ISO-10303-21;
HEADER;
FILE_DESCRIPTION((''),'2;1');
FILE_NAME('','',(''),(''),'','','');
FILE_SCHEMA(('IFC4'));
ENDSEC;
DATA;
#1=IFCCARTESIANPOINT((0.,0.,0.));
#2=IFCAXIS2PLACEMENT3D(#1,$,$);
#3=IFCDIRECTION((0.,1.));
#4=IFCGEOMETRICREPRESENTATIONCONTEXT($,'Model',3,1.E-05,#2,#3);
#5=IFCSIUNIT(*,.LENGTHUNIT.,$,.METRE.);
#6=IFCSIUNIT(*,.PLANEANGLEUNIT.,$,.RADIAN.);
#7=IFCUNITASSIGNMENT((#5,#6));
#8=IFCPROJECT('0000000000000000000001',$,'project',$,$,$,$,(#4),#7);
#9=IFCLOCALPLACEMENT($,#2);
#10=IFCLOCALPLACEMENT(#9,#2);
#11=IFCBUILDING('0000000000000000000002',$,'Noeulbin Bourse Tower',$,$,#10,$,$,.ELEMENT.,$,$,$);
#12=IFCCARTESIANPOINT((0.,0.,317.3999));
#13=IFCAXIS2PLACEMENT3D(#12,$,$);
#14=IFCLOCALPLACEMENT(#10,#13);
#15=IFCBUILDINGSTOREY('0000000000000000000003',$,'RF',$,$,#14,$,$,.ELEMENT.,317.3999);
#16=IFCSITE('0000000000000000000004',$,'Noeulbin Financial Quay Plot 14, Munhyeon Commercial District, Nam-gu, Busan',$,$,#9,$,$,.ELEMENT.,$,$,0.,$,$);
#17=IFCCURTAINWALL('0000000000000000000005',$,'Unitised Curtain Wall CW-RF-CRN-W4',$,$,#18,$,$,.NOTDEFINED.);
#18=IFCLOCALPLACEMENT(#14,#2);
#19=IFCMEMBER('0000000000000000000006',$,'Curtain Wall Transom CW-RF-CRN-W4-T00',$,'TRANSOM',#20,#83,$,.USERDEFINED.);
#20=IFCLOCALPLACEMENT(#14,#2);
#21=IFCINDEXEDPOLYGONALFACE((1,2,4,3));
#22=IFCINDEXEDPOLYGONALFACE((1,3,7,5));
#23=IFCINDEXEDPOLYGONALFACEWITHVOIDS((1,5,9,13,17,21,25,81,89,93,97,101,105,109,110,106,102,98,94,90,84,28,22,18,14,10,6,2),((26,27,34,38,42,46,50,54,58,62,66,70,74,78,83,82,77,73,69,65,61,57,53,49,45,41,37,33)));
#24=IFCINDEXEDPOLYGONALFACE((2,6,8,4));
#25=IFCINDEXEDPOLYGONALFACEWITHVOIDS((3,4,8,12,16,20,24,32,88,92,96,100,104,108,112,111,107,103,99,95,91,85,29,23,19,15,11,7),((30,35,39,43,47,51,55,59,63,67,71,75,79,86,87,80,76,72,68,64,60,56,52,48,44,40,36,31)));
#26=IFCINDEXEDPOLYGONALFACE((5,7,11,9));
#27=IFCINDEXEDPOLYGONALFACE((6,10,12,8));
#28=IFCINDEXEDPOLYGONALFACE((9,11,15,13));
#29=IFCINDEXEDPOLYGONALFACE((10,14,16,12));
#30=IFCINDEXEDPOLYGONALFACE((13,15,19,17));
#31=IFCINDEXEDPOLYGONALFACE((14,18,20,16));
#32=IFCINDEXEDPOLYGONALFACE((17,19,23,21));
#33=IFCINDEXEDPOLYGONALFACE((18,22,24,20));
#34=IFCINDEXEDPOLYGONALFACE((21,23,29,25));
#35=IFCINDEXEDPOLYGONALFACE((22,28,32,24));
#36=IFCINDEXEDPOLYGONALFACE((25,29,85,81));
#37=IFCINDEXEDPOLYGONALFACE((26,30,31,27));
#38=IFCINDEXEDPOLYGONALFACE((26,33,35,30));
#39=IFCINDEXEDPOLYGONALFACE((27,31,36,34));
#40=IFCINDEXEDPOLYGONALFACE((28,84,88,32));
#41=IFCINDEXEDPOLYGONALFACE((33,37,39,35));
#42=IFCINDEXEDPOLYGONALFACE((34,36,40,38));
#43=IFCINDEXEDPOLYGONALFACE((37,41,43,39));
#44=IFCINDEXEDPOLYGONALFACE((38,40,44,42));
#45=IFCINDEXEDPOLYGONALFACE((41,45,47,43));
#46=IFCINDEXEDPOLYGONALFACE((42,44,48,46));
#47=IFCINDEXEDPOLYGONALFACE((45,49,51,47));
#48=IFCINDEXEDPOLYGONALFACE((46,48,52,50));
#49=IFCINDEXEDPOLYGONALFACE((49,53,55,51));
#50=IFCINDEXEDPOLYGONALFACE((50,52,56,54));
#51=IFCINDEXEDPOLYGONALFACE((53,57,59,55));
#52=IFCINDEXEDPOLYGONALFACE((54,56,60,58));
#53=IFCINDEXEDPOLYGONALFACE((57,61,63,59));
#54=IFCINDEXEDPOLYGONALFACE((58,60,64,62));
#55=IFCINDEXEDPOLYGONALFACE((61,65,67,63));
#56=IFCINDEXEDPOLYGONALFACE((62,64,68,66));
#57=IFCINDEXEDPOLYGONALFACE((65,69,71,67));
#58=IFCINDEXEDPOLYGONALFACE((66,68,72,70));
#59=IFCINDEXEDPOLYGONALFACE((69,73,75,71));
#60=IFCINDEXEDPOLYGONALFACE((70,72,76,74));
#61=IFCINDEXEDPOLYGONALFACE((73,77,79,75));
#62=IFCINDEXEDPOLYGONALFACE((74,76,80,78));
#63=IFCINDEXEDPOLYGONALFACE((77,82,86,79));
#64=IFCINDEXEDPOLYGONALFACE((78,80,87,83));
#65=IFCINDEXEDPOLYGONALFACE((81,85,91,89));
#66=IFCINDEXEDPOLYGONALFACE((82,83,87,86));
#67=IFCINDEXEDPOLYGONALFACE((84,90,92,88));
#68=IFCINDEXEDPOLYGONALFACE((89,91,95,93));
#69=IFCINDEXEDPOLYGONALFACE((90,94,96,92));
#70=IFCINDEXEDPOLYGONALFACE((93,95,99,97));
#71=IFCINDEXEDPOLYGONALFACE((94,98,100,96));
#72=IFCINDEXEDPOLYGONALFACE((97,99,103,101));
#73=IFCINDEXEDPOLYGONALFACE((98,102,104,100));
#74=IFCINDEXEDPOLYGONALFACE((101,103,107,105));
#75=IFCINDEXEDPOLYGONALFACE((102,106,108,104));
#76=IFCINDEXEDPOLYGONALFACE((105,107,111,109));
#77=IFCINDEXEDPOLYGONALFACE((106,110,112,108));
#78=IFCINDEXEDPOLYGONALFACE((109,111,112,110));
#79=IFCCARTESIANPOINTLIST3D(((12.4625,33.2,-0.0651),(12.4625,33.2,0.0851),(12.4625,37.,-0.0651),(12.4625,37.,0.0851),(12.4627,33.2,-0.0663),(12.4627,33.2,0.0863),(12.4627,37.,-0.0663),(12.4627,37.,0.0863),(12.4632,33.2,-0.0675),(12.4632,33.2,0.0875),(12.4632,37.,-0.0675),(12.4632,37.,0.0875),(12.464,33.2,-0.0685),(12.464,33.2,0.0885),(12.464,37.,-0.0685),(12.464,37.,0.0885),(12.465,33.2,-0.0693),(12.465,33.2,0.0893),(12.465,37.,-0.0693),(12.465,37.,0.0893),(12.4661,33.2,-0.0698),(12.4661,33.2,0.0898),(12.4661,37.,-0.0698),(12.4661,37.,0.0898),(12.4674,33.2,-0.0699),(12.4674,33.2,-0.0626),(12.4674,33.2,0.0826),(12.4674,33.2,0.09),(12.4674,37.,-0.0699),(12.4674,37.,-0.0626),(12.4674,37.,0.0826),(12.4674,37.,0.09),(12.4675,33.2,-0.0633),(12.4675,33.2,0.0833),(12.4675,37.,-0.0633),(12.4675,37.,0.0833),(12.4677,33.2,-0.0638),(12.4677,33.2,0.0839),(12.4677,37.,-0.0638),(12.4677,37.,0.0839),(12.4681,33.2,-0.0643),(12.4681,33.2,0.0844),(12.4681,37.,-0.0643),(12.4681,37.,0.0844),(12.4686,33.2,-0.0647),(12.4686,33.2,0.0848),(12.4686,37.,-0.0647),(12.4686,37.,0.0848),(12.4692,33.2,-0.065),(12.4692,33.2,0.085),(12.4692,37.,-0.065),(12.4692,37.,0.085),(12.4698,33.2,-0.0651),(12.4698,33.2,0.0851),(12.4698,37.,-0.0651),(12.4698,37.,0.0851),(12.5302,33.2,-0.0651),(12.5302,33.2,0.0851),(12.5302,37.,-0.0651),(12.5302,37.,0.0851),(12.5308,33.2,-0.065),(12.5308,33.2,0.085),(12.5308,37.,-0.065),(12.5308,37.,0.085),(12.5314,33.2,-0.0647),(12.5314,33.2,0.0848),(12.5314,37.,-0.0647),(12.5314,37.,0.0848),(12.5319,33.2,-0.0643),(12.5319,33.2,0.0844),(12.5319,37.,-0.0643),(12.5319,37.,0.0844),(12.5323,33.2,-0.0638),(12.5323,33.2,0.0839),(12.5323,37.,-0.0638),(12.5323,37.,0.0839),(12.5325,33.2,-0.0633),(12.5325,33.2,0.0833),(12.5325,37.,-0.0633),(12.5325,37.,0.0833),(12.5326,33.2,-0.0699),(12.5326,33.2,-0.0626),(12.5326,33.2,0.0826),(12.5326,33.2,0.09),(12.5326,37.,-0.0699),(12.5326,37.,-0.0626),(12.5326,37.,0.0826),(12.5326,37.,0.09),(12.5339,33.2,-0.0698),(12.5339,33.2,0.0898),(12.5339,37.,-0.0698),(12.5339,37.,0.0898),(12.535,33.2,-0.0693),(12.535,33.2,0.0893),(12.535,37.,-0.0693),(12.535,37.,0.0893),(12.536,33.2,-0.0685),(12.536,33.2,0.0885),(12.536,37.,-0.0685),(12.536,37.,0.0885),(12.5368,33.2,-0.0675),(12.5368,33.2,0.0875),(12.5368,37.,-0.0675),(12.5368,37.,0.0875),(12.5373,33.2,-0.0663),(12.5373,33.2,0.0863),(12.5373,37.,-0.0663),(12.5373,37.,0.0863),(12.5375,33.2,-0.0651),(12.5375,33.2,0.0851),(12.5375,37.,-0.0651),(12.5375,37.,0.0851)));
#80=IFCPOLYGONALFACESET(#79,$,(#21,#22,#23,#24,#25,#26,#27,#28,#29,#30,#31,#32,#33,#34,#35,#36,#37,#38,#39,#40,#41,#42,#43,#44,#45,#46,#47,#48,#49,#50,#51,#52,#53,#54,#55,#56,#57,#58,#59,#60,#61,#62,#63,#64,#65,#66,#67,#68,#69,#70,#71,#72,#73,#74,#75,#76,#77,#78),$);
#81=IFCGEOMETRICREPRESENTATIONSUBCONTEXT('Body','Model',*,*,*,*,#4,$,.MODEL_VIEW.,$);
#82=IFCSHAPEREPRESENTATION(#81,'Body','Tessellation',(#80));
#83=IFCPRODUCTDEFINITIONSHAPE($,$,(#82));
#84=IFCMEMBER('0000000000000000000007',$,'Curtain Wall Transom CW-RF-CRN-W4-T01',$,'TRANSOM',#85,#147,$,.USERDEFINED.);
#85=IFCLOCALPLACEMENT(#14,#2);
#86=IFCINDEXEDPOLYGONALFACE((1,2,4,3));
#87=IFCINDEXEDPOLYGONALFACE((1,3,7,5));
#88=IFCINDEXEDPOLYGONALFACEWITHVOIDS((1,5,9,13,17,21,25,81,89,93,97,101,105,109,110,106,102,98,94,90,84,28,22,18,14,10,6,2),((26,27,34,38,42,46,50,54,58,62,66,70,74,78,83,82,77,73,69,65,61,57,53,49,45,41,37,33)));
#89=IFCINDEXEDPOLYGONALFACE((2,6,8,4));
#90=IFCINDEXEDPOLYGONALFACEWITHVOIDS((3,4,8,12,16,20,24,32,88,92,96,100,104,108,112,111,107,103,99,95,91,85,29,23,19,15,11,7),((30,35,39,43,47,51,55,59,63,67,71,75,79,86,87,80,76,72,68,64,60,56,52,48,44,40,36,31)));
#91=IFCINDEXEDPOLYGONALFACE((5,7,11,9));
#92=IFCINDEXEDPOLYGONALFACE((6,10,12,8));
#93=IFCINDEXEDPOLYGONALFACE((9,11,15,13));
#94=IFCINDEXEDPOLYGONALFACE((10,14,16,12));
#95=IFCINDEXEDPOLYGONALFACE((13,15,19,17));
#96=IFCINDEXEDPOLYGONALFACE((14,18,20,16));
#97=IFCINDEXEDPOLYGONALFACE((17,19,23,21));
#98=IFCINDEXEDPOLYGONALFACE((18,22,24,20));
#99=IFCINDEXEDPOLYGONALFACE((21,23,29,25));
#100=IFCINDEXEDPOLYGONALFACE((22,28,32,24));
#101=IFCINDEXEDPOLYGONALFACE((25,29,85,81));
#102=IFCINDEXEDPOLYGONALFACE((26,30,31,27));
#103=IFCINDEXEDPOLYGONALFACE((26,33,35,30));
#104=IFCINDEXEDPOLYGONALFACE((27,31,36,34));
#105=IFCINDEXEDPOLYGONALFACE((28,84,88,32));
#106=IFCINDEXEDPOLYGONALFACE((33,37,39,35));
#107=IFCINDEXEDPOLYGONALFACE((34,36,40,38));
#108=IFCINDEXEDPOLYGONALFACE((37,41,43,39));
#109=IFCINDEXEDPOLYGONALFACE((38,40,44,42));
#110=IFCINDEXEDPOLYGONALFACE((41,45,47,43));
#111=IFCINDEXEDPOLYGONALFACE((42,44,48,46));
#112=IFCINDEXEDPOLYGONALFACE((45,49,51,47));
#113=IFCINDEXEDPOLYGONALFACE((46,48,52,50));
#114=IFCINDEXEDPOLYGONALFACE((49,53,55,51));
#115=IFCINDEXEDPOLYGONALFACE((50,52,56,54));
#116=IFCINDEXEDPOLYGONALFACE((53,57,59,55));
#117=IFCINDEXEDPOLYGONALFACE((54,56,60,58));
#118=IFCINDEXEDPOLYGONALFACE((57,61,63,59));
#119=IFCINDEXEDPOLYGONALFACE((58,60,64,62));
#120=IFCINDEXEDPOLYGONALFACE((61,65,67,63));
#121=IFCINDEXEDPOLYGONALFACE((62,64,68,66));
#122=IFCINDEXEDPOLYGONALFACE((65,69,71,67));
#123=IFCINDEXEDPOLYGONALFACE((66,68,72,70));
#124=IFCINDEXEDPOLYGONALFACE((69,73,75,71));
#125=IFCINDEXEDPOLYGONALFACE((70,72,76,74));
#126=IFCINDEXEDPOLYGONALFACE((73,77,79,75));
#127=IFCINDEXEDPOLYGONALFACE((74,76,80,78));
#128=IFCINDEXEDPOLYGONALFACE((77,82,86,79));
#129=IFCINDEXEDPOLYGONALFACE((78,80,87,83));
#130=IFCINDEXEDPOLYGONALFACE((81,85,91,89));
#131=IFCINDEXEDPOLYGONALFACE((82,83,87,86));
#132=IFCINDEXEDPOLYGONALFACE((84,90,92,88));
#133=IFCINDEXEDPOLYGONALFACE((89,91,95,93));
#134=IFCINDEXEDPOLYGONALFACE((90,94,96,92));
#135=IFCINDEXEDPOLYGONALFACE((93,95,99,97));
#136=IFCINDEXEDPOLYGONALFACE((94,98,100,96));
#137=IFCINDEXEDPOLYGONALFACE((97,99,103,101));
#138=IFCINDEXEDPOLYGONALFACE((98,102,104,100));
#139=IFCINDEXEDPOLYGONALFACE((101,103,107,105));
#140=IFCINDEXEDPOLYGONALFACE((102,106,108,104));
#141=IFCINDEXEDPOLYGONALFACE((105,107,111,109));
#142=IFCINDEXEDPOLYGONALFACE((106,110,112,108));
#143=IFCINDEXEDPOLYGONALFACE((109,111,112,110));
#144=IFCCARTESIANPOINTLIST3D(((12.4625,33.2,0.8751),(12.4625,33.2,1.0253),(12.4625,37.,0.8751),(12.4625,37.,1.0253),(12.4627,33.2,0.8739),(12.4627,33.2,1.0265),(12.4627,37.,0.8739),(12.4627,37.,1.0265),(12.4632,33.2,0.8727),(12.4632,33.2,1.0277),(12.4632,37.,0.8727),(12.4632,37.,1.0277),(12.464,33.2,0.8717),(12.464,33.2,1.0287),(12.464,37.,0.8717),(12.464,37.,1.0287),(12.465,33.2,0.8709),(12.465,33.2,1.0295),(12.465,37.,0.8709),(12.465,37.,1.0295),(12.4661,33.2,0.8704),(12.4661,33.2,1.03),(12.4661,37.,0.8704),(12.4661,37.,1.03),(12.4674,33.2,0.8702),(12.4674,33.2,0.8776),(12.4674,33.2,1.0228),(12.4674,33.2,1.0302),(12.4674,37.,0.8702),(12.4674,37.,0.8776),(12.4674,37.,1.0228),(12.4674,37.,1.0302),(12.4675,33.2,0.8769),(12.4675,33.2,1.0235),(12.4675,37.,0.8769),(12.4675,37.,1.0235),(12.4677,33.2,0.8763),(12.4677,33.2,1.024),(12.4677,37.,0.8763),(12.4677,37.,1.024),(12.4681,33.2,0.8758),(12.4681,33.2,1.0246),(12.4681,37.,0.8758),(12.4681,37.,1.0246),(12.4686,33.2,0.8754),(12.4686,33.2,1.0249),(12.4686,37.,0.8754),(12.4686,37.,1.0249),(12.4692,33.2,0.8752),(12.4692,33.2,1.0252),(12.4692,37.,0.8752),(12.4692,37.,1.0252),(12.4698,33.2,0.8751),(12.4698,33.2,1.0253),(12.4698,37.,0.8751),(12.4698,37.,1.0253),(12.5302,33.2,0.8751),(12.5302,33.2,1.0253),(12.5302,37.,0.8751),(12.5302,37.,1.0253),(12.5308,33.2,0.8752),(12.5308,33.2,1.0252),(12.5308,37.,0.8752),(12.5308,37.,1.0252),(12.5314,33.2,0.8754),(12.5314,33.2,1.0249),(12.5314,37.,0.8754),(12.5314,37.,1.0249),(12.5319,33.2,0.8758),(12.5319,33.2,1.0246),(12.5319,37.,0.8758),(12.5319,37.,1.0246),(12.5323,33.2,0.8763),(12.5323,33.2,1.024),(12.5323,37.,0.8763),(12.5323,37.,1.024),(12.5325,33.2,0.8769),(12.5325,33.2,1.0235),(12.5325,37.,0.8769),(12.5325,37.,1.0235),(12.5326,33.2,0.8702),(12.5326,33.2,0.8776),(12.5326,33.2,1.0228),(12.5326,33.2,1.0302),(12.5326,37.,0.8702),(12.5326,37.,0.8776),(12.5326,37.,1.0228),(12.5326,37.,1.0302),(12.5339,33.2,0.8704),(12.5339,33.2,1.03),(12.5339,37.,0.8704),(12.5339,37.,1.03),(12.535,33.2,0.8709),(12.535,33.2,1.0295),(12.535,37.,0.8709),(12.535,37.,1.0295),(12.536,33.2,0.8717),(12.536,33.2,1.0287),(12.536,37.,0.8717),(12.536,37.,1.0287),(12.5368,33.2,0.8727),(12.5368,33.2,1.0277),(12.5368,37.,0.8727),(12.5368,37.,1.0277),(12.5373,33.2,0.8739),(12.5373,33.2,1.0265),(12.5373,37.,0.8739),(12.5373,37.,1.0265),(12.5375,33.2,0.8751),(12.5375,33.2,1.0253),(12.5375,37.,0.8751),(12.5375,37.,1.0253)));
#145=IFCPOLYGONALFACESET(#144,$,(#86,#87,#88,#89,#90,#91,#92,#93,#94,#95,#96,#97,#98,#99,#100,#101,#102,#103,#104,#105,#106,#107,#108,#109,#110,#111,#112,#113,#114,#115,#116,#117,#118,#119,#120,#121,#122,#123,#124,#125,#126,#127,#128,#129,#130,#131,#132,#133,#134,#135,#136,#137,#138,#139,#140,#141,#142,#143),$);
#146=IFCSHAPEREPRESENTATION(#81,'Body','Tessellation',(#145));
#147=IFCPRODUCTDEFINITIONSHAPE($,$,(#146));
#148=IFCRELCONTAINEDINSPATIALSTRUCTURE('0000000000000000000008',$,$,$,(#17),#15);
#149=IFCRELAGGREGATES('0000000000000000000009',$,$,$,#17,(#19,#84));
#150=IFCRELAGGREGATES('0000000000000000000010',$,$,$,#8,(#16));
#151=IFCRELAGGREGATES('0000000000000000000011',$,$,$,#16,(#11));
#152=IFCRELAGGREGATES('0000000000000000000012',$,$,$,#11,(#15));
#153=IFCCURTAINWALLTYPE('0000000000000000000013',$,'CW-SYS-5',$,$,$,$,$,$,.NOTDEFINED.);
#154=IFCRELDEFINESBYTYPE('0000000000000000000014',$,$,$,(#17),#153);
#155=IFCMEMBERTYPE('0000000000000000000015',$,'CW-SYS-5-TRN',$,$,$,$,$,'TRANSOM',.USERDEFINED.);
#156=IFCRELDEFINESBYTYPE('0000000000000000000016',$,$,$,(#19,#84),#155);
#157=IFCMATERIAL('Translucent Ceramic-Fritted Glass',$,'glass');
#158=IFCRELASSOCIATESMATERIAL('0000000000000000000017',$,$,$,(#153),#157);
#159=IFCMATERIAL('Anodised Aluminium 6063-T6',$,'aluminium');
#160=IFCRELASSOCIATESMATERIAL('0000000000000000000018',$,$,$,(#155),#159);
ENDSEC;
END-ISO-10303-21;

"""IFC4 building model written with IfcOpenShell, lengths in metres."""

from ifc_helpers import new_model, si_unit, direction, frame, origin, origin_2d, place, context, subcontext, project, spatial, hollow_rectangle, extrude, material, material_profile, profile_set, type_object, element, aggregate, save


model = new_model("IFC4")

# Units and contexts
model_context = context("Model", 3, precision=1e-05, world=origin(), true_north=direction((0.0, 1.0)))
body_context = subcontext(model_context, "Body", "Model", "MODEL_VIEW")
ifc_project = project(units=[si_unit("LENGTHUNIT", "METRE"), si_unit("PLANEANGLEUNIT", "RADIAN")], contexts=[model_context])

# Site, building, storey
site_placement = place(None, origin())
site = spatial("IfcSite", under=ifc_project, at=site_placement, Name="Noeulbin Financial Quay Plot 14, Munhyeon Commercial District, Nam-gu, Busan", CompositionType="ELEMENT", RefElevation=0.0)
building_placement = place(site_placement, origin())
building = spatial("IfcBuilding", under=site, at=building_placement, Name="Noeulbin Bourse Tower", CompositionType="ELEMENT")
storey_placement = place(building_placement, frame((0.0, 0.0, 317.3999)))
storey = spatial("IfcBuildingStorey", under=building, at=storey_placement, Name="RF", CompositionType="ELEMENT", Elevation=317.3999)

# Curtain wall
ifc_material_1 = material(Name="Translucent Ceramic-Fritted Glass", Category="glass")
curtain_wall_type = type_object("IfcCurtainWallType", Name="CW-SYS-5", PredefinedType="NOTDEFINED", material=ifc_material_1)
ifc_material_2 = material(Name="Anodised Aluminium 6063-T6", Category="aluminium")
curtain_wall_1_placement = place(storey_placement, origin())
curtain_wall_1 = element("IfcCurtainWall", 1, at=curtain_wall_1_placement, inside=storey, type_object=curtain_wall_type, Name="Unitised Curtain Wall CW-RF-CRN-W4", PredefinedType="NOTDEFINED")

# Members
ifc_material_profile_1 = material_profile(ifc_material_2, hollow_rectangle(XDim=0.075, YDim=0.1599, WallThickness=0.0049, InnerFilletRadius=0.0024, OuterFilletRadius=0.0049, at=origin_2d()), Name="ALU-TRAN-75x160x5", Category="LoadBearing")
ifc_profile_set_1 = profile_set([ifc_material_profile_1], Name="Anodised Aluminium 6063-T6")
member_type_1 = type_object("IfcMemberType", Name="CW-SYS-5-TRN", ElementType="TRANSOM", PredefinedType="USERDEFINED", material=ifc_profile_set_1)
member_1_placement = place(storey_placement, frame((12.5, 33.2, 0.01), z_axis=(0.0, 1.0, 0.0), x_axis=(-1.0, 0.0, 0.0)))
member_1 = element("IfcMember", 2, at=member_1_placement, type_object=member_type_1, Name="Curtain Wall Transom CW-RF-CRN-W4-T00", ObjectType="TRANSOM", PredefinedType="USERDEFINED", context=body_context, shape_type="SweptSolid", body=[
    extrude(hollow_rectangle(XDim=0.075, YDim=0.1599, WallThickness=0.0049, InnerFilletRadius=0.0024, OuterFilletRadius=0.0049, at=origin_2d()), origin(), (0.0, 0.0, 1.0), 3.8),
])
member_2_placement = place(storey_placement, frame((12.5, 33.2, 0.9502), z_axis=(0.0, 1.0, 0.0), x_axis=(-1.0, 0.0, 0.0)))
member_2 = element("IfcMember", 3, at=member_2_placement, type_object=member_type_1, Name="Curtain Wall Transom CW-RF-CRN-W4-T01", ObjectType="TRANSOM", PredefinedType="USERDEFINED", context=body_context, shape_type="SweptSolid", body=[
    extrude(hollow_rectangle(XDim=0.075, YDim=0.1599, WallThickness=0.0049, InnerFilletRadius=0.0024, OuterFilletRadius=0.0049, at=origin_2d()), origin(), (0.0, 0.0, 1.0), 3.8),
])

aggregate(curtain_wall_1, [member_1, member_2])

save(model, "model.ifc")
